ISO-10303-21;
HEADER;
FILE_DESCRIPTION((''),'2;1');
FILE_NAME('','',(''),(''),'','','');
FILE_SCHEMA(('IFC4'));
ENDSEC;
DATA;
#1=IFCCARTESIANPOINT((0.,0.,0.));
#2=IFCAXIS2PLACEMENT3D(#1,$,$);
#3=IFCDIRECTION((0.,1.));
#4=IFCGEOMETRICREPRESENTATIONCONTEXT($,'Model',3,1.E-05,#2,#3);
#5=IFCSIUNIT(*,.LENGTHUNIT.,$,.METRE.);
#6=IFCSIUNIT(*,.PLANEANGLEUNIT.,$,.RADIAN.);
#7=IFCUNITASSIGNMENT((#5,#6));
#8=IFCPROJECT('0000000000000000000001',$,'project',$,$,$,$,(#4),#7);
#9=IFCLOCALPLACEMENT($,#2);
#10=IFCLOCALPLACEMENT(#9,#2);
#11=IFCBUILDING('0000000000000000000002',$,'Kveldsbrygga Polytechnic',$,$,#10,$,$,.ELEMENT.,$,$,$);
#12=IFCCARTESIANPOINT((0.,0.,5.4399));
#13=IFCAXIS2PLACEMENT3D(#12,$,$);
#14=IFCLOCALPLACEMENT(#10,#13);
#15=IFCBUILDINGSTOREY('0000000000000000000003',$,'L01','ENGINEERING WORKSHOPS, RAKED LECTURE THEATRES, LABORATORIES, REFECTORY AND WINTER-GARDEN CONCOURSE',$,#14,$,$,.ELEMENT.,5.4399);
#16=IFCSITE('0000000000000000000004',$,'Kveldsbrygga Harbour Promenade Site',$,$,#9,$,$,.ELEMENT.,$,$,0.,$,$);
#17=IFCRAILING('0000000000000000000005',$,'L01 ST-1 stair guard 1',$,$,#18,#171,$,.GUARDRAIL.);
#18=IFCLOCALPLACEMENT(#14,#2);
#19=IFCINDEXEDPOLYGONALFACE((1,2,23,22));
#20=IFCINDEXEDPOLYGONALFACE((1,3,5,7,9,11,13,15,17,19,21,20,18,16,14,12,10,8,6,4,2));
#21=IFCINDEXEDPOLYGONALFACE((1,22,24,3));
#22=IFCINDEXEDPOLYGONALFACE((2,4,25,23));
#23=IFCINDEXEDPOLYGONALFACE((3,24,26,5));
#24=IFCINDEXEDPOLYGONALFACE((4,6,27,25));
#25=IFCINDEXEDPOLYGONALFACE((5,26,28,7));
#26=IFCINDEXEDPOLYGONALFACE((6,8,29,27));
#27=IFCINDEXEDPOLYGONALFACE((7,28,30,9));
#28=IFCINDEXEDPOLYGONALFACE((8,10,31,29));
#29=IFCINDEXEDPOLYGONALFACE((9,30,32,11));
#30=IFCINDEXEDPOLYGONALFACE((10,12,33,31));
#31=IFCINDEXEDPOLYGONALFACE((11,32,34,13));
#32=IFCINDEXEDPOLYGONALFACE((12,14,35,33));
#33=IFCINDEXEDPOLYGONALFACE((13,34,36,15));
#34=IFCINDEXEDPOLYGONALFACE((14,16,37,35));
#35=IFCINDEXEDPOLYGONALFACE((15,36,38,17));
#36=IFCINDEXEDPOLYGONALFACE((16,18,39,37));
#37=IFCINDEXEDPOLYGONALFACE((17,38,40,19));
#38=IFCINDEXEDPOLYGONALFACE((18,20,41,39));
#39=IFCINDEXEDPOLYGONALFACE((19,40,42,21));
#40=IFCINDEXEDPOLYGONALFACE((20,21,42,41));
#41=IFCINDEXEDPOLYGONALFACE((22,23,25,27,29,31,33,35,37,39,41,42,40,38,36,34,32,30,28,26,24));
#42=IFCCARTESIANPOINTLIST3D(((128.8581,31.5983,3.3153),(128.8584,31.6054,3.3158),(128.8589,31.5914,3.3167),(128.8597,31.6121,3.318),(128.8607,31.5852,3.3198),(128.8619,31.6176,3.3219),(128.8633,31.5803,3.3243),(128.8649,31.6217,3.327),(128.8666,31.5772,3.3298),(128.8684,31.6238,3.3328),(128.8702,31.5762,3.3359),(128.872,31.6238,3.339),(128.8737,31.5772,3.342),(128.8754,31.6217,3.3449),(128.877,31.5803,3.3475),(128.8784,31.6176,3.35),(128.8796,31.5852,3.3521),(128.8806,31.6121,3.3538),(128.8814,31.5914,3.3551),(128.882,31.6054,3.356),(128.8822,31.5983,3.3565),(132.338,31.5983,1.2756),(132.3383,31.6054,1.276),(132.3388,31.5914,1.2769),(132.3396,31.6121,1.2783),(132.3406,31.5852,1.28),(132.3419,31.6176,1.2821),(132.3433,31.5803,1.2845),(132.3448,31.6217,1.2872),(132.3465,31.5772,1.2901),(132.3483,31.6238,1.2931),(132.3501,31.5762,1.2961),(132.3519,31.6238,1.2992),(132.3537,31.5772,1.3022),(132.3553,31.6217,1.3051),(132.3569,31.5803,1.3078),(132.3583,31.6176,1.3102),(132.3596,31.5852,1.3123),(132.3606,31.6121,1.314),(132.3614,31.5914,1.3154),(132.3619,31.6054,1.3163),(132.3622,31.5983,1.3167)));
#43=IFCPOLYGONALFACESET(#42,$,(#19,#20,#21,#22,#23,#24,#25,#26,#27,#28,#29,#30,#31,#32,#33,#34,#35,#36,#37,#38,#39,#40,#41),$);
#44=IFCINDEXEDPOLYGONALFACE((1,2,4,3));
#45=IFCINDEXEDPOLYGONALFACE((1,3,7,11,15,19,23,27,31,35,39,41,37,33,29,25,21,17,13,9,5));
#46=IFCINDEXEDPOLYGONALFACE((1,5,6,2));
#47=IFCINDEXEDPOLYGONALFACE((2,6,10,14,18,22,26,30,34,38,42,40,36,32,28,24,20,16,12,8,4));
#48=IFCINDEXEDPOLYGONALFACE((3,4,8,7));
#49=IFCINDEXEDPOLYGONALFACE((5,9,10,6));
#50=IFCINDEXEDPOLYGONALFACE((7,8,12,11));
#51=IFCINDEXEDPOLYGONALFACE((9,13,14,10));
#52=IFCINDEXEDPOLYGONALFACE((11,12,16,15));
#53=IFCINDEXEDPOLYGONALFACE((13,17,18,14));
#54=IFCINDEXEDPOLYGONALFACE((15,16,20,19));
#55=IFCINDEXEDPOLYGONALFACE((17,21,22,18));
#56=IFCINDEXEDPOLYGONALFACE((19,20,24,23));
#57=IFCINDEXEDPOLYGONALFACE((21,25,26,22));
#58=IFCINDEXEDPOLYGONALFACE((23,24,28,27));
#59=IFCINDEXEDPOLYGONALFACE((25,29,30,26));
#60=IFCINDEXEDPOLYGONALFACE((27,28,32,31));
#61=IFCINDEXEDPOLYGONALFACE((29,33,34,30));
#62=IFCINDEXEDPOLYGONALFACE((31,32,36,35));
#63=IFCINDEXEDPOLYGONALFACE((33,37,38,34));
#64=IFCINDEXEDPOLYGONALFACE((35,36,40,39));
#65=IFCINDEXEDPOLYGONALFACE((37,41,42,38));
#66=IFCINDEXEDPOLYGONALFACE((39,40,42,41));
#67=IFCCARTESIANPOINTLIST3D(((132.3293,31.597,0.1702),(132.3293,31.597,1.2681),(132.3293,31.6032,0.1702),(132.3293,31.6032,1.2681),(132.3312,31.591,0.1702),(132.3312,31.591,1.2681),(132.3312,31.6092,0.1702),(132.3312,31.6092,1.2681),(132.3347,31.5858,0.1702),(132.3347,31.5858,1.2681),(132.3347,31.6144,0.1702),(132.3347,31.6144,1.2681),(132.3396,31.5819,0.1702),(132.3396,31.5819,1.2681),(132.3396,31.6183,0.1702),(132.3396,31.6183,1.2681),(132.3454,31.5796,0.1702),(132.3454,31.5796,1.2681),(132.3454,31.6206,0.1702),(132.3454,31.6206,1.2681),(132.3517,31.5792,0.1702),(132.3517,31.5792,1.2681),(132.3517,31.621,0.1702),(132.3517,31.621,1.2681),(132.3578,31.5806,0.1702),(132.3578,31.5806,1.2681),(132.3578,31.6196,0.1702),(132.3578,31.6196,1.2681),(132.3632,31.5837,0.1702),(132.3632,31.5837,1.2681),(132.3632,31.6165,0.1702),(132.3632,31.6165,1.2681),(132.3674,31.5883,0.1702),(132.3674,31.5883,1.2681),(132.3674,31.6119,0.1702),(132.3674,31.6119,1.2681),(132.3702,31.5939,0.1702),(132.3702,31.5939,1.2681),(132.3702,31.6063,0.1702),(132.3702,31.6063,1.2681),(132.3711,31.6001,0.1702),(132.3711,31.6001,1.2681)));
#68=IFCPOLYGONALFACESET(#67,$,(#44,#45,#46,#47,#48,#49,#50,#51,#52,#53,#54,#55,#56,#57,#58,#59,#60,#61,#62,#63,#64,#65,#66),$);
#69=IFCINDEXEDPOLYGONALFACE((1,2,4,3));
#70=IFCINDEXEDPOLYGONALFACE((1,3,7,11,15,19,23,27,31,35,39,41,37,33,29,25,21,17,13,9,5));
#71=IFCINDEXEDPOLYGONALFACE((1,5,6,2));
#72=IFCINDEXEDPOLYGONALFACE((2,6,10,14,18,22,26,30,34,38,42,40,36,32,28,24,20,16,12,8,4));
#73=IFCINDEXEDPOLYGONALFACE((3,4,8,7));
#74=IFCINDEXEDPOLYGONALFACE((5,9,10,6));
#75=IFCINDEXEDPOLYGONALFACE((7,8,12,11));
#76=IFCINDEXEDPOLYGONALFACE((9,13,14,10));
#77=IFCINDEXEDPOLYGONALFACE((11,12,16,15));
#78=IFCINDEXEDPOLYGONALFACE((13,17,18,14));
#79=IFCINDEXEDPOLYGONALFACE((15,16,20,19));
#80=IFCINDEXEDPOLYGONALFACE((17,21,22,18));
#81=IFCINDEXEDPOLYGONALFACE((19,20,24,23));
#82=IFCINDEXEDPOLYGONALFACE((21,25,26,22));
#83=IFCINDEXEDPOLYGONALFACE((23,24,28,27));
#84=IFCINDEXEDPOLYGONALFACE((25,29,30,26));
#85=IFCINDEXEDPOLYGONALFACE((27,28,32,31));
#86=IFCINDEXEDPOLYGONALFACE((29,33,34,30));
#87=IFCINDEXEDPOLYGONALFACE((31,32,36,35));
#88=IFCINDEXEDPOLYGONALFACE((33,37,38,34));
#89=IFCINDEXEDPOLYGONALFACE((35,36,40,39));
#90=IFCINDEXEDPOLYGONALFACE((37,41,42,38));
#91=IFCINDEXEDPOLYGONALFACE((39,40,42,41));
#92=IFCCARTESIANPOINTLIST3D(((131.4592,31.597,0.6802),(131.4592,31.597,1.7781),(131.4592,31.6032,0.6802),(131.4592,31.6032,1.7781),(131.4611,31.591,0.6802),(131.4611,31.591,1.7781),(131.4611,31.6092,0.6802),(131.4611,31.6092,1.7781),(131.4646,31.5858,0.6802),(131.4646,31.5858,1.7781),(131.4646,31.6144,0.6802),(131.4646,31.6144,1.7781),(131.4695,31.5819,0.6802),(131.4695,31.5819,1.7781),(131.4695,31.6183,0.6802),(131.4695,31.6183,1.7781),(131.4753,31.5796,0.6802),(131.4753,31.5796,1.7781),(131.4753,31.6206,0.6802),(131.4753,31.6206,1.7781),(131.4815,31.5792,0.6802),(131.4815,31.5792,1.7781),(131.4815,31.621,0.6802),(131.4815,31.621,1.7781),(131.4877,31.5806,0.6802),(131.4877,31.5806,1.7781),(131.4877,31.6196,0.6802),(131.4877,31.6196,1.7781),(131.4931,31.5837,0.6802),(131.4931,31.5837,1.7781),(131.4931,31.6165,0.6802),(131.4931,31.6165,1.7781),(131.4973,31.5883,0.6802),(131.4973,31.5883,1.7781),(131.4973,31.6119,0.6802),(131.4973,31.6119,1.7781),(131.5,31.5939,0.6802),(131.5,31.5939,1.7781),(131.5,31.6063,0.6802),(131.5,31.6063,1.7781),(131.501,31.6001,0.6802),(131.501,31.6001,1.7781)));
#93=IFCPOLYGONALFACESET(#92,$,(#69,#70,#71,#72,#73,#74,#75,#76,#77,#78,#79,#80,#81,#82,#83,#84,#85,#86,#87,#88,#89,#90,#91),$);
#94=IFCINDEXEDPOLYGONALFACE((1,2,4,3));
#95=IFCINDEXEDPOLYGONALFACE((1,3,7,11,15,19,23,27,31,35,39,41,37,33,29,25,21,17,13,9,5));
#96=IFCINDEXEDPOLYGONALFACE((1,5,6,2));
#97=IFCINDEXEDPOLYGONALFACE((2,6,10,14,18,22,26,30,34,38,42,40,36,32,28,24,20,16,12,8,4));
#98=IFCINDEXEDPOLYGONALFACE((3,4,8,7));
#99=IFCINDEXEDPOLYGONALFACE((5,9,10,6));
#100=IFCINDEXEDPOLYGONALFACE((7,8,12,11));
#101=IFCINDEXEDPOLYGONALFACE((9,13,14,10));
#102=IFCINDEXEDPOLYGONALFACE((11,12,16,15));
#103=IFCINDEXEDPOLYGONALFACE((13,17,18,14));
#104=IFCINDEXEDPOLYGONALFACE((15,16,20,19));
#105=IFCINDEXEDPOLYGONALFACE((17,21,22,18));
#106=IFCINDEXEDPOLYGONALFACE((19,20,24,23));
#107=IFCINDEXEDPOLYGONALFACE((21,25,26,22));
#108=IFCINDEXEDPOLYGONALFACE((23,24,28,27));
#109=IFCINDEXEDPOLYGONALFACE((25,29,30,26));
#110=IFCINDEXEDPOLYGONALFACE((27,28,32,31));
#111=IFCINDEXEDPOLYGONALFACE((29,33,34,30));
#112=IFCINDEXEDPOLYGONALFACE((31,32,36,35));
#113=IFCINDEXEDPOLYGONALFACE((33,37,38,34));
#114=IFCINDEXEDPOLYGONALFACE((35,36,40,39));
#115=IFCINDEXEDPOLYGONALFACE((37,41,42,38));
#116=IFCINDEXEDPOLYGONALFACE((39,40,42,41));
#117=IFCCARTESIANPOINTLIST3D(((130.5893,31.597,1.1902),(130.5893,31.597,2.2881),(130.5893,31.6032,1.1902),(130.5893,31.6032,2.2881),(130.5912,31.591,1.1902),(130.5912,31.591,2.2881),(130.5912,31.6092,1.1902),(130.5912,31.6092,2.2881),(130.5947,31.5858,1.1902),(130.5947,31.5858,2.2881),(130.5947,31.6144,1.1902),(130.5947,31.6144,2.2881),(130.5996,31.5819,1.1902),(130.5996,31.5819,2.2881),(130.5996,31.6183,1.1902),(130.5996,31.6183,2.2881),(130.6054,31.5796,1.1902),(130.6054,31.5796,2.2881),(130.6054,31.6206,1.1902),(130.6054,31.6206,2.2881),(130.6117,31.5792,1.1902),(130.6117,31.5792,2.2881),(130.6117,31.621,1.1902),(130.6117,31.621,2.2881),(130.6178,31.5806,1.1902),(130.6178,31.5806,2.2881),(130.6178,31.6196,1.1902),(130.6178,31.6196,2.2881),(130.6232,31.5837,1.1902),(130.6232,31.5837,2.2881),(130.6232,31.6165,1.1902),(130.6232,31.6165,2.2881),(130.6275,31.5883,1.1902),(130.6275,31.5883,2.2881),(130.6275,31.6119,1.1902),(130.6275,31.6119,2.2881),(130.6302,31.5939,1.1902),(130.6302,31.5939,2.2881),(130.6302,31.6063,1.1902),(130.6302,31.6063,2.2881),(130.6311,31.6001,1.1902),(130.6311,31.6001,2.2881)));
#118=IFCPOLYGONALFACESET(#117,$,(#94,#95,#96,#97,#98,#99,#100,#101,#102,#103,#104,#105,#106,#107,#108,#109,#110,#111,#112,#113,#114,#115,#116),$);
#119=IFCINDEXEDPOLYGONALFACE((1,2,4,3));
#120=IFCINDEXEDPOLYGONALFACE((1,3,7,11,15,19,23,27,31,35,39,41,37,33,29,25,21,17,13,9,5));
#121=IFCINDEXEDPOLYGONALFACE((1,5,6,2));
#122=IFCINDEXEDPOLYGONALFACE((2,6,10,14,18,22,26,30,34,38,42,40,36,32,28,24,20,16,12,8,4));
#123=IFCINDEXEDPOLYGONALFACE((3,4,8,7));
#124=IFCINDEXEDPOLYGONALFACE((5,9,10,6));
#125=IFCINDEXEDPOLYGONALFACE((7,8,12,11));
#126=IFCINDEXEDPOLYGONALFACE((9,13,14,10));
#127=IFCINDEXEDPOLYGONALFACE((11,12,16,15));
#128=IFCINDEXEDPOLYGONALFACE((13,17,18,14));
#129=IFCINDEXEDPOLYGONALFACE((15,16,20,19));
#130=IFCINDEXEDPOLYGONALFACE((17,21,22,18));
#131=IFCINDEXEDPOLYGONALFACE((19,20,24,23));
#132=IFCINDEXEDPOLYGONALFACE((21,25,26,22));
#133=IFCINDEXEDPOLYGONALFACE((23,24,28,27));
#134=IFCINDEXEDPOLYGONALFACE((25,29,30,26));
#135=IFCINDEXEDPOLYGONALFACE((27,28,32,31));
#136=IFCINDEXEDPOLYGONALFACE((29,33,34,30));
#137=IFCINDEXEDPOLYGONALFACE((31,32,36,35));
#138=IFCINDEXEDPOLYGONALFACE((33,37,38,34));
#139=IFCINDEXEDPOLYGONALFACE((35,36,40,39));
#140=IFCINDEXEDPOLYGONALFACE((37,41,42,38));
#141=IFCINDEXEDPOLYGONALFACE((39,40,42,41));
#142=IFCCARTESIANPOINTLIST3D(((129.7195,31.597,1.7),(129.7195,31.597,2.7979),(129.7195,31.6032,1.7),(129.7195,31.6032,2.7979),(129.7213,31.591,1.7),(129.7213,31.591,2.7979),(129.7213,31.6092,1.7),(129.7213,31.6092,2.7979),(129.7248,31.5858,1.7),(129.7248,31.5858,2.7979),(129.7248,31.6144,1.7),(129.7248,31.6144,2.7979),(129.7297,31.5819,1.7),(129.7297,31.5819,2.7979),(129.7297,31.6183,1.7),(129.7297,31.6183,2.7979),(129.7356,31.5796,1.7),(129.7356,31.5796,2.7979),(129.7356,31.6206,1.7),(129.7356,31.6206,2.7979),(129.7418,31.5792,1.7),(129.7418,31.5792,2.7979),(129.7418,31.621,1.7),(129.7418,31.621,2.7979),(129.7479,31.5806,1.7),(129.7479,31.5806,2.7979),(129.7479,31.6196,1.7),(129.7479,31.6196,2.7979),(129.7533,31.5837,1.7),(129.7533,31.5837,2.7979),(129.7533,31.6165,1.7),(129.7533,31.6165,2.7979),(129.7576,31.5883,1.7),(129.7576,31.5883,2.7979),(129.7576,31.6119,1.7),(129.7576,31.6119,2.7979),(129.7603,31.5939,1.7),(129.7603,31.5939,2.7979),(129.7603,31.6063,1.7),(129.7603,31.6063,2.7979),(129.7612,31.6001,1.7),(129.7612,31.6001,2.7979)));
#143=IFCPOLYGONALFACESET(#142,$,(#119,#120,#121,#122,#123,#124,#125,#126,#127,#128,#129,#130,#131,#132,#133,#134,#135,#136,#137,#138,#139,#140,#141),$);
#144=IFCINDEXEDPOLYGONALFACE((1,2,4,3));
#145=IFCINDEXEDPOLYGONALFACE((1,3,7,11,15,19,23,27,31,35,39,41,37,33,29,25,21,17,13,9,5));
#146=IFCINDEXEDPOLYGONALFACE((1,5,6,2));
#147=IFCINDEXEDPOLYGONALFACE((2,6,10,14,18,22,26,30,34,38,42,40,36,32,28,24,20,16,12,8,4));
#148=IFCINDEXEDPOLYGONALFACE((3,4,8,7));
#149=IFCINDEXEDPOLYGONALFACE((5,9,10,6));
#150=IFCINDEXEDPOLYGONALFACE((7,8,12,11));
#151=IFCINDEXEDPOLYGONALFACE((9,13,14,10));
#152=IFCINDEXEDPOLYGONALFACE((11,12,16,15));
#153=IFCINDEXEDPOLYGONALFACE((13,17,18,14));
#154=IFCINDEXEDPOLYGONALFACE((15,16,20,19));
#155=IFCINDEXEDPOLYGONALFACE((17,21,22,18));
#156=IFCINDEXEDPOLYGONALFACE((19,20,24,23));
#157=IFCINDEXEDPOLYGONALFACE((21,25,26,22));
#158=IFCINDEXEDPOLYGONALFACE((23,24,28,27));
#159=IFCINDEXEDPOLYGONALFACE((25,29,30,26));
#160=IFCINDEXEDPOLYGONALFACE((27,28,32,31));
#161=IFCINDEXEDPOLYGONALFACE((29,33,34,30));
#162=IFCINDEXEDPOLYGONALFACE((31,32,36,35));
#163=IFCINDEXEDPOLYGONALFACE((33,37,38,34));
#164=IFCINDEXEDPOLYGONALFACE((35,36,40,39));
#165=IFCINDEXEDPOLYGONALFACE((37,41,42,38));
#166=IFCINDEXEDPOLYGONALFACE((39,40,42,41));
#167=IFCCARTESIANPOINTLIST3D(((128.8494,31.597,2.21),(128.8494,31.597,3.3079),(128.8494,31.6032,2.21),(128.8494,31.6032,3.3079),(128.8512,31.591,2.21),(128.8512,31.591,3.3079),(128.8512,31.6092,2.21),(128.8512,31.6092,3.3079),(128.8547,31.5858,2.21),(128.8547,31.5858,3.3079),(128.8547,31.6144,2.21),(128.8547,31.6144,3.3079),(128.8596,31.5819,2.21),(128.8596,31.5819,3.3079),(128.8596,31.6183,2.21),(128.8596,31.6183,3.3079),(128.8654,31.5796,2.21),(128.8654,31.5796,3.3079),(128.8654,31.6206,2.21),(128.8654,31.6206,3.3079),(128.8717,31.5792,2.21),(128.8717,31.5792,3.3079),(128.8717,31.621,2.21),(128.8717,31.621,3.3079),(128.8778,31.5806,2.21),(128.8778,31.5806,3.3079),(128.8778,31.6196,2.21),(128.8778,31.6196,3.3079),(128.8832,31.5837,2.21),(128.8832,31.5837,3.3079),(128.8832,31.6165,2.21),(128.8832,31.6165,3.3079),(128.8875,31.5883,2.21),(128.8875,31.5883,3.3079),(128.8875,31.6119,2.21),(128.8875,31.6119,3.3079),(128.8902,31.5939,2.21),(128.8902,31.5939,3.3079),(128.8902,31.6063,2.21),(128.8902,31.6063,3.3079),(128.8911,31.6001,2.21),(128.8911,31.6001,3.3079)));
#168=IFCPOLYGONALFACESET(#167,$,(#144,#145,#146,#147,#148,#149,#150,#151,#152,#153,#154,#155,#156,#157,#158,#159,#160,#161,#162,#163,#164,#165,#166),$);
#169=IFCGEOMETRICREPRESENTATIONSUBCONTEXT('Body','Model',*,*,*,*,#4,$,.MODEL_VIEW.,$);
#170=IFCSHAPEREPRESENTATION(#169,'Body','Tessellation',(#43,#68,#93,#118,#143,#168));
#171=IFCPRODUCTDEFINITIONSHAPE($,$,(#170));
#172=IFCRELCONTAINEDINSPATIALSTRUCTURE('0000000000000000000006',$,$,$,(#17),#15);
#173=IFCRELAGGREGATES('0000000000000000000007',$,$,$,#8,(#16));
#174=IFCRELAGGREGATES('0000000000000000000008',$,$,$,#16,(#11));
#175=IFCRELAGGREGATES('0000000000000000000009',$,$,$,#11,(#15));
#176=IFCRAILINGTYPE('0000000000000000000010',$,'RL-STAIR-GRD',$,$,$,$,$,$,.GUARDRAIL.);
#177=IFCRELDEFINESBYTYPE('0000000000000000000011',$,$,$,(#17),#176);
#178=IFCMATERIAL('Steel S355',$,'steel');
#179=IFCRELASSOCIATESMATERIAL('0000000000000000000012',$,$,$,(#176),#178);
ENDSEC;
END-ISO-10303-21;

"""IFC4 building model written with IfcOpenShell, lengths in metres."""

from ifc_helpers import new_model, si_unit, direction, frame, origin, origin_2d, place, context, subcontext, project, spatial, circle, extrude, material, type_object, element, save


model = new_model("IFC4")

# Units and contexts
model_context = context("Model", 3, precision=1e-05, world=origin(), true_north=direction((0.0, 1.0)))
body_context = subcontext(model_context, "Body", "Model", "MODEL_VIEW")
ifc_project = project(units=[si_unit("LENGTHUNIT", "METRE"), si_unit("PLANEANGLEUNIT", "RADIAN")], contexts=[model_context])

# Site, building, storey
site_placement = place(None, origin())
site = spatial("IfcSite", under=ifc_project, at=site_placement, Name="Kveldsbrygga Harbour Promenade Site", CompositionType="ELEMENT", RefElevation=0.0)
building_placement = place(site_placement, origin())
building = spatial("IfcBuilding", under=site, at=building_placement, Name="Kveldsbrygga Polytechnic", CompositionType="ELEMENT")
storey_placement = place(building_placement, frame((0.0, 0.0, 5.4399)))
storey = spatial("IfcBuildingStorey", under=building, at=storey_placement, Name="L01", Description="ENGINEERING WORKSHOPS, RAKED LECTURE THEATRES, LABORATORIES, REFECTORY AND WINTER-GARDEN CONCOURSE", CompositionType="ELEMENT", Elevation=5.4399)

# Shared definitions
ifc_material_1 = material(Name="Steel S355", Category="steel")

# Railing
railing_type_1 = type_object("IfcRailingType", Name="RL-STAIR-GRD", PredefinedType="GUARDRAIL", material=ifc_material_1)
railing_1_placement = place(storey_placement, frame((132.3501, 31.6001, 0.1702)))
element("IfcRailing", 1, at=railing_1_placement, inside=storey, type_object=railing_type_1, Name="L01 ST-1 stair guard 1", PredefinedType="GUARDRAIL", context=body_context, shape_type="SweptSolid", body=[
    extrude(circle(Radius=0.0239, at=origin_2d()), frame((0.0, 0.0, 1.126), z_axis=(-0.862719, 0.0, 0.505684), x_axis=(0.0, -1.0, 0.0)), (0.0, 0.0, 1.0), 4.0337),
    extrude(circle(Radius=0.021, at=origin_2d()), origin(), (0.0, 0.0, 1.0), 1.0979),
    extrude(circle(Radius=0.021, at=origin_2d()), frame((-0.8701, 0.0, 0.51)), (0.0, 0.0, 1.0), 1.0979),
    extrude(circle(Radius=0.021, at=origin_2d()), frame((-1.74, 0.0, 1.02)), (0.0, 0.0, 1.0), 1.0979),
    extrude(circle(Radius=0.021, at=origin_2d()), frame((-2.6099, 0.0, 1.5298)), (0.0, 0.0, 1.0), 1.0979),
    extrude(circle(Radius=0.021, at=origin_2d()), frame((-3.48, 0.0, 2.0398)), (0.0, 0.0, 1.0), 1.0979),
])

save(model, "model.ifc")
